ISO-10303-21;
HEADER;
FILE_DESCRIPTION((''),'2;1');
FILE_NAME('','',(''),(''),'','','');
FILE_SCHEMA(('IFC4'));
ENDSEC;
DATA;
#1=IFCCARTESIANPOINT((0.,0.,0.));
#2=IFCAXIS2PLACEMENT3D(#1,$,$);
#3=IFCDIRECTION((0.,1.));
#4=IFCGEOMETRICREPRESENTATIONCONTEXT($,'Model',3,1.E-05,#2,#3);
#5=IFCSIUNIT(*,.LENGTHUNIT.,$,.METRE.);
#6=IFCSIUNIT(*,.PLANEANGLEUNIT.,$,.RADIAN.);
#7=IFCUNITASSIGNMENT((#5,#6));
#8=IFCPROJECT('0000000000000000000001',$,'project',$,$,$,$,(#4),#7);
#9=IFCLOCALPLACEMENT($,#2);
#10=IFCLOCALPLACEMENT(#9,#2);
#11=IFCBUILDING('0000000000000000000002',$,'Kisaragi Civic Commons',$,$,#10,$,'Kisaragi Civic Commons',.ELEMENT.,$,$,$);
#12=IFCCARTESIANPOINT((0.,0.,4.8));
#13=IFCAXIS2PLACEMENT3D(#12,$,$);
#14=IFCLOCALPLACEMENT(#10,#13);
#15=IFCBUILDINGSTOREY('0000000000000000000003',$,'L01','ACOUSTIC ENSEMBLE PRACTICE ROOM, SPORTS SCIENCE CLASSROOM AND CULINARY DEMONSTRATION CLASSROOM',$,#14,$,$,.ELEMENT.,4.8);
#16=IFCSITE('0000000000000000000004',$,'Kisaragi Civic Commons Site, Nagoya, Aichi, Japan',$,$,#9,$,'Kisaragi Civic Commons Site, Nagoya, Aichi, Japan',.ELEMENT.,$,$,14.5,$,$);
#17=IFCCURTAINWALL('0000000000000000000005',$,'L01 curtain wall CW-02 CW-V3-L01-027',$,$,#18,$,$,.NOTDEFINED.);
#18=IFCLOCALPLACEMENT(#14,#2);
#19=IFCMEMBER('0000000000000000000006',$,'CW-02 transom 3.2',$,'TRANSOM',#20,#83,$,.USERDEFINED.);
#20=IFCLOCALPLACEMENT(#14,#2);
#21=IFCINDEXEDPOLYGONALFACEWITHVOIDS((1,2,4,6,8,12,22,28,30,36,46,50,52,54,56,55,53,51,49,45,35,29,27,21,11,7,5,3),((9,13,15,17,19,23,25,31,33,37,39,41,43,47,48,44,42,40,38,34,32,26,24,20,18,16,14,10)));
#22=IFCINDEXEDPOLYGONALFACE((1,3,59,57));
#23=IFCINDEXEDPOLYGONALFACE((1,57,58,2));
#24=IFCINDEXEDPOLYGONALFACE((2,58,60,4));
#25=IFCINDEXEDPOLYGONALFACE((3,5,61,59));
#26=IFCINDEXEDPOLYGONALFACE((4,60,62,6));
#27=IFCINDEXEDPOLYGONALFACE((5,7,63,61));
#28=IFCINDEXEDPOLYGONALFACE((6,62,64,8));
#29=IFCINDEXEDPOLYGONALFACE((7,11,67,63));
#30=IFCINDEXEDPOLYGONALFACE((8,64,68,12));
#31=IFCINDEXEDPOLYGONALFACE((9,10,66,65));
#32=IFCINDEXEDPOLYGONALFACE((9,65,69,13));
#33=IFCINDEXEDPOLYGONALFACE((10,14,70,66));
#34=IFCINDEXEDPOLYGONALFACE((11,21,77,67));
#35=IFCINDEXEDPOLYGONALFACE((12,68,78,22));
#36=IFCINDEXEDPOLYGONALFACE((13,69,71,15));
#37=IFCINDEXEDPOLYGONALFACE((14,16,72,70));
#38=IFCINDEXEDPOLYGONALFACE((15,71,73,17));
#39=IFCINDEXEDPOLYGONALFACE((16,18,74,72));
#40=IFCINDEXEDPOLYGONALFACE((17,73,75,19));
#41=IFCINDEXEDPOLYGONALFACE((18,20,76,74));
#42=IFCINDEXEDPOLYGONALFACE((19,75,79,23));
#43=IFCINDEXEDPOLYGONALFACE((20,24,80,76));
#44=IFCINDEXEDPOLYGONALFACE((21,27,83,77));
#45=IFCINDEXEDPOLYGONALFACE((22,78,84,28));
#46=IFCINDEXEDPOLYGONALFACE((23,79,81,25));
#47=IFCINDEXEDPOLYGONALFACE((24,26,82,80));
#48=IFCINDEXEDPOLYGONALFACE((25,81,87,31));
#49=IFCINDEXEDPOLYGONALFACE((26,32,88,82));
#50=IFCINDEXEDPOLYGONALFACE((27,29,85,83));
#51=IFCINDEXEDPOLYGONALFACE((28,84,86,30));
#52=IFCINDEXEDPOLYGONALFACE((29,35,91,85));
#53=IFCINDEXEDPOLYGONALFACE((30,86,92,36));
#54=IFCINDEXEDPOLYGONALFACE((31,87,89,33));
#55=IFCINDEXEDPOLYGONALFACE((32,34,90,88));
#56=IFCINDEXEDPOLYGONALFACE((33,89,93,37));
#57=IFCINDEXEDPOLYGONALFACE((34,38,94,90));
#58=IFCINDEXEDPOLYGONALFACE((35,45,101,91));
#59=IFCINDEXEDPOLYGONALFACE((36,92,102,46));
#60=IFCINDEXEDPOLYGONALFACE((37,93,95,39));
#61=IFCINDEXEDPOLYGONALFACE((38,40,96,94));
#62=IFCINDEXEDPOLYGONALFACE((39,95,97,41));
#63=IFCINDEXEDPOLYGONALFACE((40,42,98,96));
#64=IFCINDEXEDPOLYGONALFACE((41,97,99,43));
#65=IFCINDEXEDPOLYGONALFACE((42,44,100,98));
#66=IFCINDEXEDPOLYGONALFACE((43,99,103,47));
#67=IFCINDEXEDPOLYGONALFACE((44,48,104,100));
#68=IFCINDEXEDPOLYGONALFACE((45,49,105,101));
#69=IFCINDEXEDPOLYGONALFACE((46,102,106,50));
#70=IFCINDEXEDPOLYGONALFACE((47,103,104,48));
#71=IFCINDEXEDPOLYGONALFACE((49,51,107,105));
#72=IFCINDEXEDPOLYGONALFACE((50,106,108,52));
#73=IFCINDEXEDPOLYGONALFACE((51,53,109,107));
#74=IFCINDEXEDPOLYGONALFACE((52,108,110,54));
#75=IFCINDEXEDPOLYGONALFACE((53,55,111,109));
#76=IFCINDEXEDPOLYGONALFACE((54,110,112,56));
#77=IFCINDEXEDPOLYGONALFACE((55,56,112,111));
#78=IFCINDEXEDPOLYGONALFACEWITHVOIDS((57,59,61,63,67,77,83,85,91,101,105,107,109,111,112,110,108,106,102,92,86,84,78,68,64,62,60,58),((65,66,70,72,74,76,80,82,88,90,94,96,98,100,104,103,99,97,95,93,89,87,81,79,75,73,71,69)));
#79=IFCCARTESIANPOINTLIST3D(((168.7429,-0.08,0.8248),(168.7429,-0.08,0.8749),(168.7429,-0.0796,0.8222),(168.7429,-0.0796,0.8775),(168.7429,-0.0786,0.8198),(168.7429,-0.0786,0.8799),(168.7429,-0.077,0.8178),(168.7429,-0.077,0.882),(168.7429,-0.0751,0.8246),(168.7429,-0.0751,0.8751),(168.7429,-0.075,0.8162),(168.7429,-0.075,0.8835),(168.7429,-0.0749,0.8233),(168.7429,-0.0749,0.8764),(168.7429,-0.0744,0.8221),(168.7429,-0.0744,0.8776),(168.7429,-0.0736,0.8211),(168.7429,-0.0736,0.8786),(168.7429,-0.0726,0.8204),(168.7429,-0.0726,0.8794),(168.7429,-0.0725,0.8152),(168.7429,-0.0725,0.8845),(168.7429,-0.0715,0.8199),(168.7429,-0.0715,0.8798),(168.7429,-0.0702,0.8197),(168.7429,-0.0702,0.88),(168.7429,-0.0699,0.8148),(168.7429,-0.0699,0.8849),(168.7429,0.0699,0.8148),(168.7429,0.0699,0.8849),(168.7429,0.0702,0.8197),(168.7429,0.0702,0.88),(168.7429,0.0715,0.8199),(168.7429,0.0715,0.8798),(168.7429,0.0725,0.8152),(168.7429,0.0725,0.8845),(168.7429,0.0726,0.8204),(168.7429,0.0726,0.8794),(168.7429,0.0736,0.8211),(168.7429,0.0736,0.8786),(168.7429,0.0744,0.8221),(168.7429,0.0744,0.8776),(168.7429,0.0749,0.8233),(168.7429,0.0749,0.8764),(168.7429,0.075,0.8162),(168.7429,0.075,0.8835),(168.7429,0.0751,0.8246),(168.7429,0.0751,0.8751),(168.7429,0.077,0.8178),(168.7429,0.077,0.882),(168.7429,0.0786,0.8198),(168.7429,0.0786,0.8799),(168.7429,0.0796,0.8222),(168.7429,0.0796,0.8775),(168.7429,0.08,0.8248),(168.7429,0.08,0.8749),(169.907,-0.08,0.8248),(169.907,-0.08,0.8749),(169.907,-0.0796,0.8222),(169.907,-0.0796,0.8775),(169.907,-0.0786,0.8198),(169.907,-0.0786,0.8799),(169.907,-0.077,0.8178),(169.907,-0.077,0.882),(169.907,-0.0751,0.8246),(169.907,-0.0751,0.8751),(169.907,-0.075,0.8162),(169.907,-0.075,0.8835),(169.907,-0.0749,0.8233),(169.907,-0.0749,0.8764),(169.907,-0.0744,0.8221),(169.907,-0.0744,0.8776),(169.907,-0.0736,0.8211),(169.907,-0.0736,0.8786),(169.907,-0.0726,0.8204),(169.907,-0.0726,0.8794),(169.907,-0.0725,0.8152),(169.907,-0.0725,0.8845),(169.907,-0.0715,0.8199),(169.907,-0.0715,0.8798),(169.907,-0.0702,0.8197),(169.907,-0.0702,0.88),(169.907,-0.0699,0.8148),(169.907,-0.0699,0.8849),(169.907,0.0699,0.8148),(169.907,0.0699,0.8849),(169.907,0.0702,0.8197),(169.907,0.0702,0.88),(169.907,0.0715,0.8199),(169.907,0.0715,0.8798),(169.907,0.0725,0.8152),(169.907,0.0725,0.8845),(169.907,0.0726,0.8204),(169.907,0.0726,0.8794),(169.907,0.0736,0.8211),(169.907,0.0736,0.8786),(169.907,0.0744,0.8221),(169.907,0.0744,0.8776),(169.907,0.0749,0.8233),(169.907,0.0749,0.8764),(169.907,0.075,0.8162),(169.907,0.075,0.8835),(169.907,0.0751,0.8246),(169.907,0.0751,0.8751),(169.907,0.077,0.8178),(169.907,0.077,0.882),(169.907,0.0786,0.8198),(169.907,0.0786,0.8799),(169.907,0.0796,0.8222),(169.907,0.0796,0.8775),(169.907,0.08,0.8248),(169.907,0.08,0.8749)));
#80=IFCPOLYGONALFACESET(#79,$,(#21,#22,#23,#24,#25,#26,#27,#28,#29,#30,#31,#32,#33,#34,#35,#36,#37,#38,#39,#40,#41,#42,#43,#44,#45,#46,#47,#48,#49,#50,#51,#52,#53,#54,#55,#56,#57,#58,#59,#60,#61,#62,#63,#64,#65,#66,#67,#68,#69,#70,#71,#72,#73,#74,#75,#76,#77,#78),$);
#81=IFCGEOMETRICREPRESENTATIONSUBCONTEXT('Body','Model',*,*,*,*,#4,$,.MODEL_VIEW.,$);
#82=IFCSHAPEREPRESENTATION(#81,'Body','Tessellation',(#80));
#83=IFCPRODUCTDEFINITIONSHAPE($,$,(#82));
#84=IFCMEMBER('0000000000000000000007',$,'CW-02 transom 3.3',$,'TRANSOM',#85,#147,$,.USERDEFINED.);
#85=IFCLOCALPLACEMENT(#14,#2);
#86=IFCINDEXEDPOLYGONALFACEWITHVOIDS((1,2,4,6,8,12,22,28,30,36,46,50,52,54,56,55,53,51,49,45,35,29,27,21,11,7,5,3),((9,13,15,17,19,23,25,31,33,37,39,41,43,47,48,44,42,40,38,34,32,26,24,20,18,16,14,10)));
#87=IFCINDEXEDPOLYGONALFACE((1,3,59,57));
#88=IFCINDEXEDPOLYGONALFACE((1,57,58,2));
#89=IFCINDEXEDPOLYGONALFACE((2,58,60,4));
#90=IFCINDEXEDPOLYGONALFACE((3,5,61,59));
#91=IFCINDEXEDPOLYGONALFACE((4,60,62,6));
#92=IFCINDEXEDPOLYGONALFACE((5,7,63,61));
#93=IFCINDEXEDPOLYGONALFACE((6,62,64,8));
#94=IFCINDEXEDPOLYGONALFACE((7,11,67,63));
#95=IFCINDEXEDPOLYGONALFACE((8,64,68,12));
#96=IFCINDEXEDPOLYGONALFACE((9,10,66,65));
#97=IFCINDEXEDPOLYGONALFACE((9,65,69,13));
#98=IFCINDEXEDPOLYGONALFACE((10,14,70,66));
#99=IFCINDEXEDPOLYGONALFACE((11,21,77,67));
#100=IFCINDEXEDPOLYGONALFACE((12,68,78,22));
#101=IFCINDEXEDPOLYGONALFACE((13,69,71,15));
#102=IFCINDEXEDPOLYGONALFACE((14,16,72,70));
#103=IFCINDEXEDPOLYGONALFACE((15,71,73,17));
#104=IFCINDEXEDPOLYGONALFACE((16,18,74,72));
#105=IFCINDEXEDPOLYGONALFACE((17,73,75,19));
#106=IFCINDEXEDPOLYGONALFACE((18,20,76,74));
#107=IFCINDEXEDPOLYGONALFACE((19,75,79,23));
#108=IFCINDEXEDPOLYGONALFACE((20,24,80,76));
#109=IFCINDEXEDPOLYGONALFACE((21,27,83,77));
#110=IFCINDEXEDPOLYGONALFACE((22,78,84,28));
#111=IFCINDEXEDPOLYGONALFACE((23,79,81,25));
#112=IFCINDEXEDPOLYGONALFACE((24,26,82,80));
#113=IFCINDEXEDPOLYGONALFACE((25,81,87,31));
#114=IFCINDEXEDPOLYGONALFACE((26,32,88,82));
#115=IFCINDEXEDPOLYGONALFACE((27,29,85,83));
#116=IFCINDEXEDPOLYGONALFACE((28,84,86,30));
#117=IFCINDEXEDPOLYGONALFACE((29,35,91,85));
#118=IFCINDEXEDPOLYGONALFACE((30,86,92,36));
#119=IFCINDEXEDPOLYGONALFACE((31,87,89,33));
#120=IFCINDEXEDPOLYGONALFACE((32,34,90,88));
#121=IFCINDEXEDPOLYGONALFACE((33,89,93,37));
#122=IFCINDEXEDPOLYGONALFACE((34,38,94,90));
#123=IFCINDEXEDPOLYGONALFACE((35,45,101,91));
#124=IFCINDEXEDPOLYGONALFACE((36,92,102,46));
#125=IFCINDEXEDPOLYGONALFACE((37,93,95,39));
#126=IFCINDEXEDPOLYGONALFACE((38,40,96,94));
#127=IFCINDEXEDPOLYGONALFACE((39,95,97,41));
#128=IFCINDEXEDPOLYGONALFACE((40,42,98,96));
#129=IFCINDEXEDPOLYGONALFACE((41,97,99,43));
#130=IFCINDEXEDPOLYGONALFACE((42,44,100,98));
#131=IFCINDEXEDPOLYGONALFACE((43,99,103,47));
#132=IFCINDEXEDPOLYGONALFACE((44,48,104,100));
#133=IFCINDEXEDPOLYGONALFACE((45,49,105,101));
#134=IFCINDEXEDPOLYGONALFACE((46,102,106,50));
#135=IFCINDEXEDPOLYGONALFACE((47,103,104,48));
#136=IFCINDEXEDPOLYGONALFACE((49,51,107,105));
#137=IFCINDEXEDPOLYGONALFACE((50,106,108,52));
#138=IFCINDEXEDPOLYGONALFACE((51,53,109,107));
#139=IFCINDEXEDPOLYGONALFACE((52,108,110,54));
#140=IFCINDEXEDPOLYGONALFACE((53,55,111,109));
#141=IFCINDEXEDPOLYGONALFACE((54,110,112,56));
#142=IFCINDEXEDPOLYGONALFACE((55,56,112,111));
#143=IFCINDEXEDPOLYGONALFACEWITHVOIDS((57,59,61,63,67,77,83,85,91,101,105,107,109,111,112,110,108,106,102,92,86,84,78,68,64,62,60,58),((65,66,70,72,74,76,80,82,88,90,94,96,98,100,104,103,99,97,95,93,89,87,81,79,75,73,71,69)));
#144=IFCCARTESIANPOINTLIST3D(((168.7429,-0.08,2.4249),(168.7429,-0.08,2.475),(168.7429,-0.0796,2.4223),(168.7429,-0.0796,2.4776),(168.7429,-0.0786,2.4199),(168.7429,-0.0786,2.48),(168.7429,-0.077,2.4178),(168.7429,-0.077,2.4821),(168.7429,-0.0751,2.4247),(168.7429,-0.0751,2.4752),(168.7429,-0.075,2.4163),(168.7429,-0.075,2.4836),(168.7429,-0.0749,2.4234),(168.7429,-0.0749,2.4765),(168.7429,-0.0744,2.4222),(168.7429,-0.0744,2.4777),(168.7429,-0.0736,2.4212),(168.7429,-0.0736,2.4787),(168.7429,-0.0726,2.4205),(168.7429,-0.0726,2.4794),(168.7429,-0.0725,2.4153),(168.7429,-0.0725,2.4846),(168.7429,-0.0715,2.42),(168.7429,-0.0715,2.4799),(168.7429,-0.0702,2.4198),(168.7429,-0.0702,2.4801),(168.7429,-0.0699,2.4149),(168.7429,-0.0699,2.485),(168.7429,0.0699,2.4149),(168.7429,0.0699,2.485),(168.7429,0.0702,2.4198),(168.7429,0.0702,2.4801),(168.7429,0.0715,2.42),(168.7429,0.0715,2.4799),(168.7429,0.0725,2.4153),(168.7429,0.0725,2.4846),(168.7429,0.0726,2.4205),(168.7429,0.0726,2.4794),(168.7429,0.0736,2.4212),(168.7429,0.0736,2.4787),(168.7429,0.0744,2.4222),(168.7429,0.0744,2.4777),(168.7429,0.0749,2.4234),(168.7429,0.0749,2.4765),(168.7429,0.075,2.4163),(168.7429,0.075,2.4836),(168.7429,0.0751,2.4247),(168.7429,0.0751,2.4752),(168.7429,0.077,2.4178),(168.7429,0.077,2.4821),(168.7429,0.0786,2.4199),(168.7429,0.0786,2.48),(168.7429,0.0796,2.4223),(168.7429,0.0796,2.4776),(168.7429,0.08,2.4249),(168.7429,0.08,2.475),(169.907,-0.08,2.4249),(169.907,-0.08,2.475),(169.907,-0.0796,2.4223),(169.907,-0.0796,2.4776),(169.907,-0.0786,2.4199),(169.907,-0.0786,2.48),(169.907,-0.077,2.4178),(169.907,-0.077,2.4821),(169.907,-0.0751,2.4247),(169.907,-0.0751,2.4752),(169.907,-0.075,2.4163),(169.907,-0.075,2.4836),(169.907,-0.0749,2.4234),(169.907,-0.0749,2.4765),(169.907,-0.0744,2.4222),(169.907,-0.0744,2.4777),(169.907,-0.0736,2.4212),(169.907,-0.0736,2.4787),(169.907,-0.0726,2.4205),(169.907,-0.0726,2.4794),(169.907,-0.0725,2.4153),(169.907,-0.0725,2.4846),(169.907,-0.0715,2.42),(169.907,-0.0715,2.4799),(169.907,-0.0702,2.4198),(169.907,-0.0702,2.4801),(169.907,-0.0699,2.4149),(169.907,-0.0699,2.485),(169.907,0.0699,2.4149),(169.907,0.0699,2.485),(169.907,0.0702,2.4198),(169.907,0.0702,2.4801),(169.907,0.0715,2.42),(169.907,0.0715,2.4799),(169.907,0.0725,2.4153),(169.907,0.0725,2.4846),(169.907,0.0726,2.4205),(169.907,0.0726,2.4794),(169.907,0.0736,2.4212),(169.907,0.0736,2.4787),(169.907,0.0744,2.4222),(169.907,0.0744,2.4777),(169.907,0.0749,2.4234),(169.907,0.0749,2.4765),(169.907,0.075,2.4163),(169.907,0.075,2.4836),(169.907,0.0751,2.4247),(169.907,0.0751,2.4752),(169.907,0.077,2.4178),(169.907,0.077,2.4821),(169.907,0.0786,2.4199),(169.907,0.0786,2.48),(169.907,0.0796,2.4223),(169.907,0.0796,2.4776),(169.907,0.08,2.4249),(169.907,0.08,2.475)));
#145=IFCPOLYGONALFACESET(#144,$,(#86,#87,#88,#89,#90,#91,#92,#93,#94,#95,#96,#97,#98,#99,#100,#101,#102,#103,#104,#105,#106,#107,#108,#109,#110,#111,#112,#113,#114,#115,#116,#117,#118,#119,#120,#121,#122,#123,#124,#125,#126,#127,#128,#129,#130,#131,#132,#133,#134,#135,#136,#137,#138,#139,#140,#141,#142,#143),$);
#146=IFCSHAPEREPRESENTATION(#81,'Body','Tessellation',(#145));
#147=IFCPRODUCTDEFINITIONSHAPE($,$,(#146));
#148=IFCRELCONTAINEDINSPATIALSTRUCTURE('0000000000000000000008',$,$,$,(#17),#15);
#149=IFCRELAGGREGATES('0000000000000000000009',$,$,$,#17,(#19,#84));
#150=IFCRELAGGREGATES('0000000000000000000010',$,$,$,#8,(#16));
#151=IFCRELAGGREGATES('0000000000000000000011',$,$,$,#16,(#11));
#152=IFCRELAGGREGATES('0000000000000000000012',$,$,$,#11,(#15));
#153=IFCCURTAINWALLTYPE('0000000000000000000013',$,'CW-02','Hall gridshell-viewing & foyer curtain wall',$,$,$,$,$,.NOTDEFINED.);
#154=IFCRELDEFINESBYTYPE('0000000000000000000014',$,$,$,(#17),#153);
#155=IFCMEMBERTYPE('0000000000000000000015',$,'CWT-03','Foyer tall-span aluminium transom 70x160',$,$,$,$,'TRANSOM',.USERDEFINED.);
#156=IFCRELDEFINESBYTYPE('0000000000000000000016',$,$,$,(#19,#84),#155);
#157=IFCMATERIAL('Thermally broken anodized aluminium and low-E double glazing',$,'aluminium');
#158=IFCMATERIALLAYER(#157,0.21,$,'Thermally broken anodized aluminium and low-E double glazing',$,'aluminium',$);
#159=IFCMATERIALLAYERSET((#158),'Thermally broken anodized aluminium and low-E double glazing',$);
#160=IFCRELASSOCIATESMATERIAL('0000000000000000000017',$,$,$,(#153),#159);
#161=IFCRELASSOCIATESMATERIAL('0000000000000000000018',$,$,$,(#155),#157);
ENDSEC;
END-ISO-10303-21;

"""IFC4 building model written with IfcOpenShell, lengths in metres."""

from ifc_helpers import new_model, si_unit, direction, frame, origin, origin_2d, place, context, subcontext, project, spatial, hollow_rectangle, extrude, material, layer, layer_set, material_profile, profile_set, type_object, element, aggregate, save


model = new_model("IFC4")

# Units and contexts
model_context = context("Model", 3, precision=1e-05, world=origin(), true_north=direction((0.0, 1.0)))
body_context = subcontext(model_context, "Body", "Model", "MODEL_VIEW")
ifc_project = project(units=[si_unit("LENGTHUNIT", "METRE"), si_unit("PLANEANGLEUNIT", "RADIAN")], contexts=[model_context])

# Site, building, storey
site_placement = place(None, origin())
site = spatial("IfcSite", under=ifc_project, at=site_placement, Name="Kisaragi Civic Commons Site, Nagoya, Aichi, Japan", LongName="Kisaragi Civic Commons Site, Nagoya, Aichi, Japan", CompositionType="ELEMENT", RefElevation=14.5)
building_placement = place(site_placement, origin())
building = spatial("IfcBuilding", under=site, at=building_placement, Name="Kisaragi Civic Commons", LongName="Kisaragi Civic Commons", CompositionType="ELEMENT")
storey_placement = place(building_placement, frame((0.0, 0.0, 4.8)))
storey = spatial("IfcBuildingStorey", under=building, at=storey_placement, Name="L01", Description="ACOUSTIC ENSEMBLE PRACTICE ROOM, SPORTS SCIENCE CLASSROOM AND CULINARY DEMONSTRATION CLASSROOM", CompositionType="ELEMENT", Elevation=4.8)

# Curtain wall, members
ifc_material = material(Name="Thermally broken anodized aluminium and low-E double glazing", Category="aluminium")
ifc_layer_1 = layer(ifc_material, 0.21, Name="Thermally broken anodized aluminium and low-E double glazing", Category="aluminium")
ifc_layer_set_1 = layer_set([ifc_layer_1], Name="Thermally broken anodized aluminium and low-E double glazing")
curtain_wall_type = type_object("IfcCurtainWallType", Name="CW-02", Description="Hall gridshell-viewing & foyer curtain wall", PredefinedType="NOTDEFINED", material=ifc_layer_set_1)
curtain_wall_placement = place(storey_placement, origin())
curtain_wall = element("IfcCurtainWall", 1, at=curtain_wall_placement, inside=storey, type_object=curtain_wall_type, Name="L01 curtain wall CW-02 CW-V3-L01-027", PredefinedType="NOTDEFINED")
ifc_material_profile_1 = material_profile(ifc_material, hollow_rectangle(XDim=0.1599, YDim=0.0701, WallThickness=0.0049, InnerFilletRadius=0.0049, OuterFilletRadius=0.01, at=origin_2d()), Name="CWT-70x160x5", Category="aluminium")
ifc_profile_set_1 = profile_set([ifc_material_profile_1], Name="Thermally broken anodized aluminium and low-E double glazing")
member_type_1 = type_object("IfcMemberType", Name="CWT-03", Description="Foyer tall-span aluminium transom 70x160", ElementType="TRANSOM", PredefinedType="USERDEFINED", material=ifc_profile_set_1)
member_1_placement = place(storey_placement, frame((169.907, 0.0, 0.8499), z_axis=(-1.0, 0.0, 0.0), x_axis=(0.0, -1.0, 0.0)))
member_1 = element("IfcMember", 2, at=member_1_placement, type_object=member_type_1, Name="CW-02 transom 3.2", ObjectType="TRANSOM", PredefinedType="USERDEFINED", context=body_context, shape_type="SweptSolid", body=[
    extrude(hollow_rectangle(XDim=0.1599, YDim=0.0701, WallThickness=0.0049, InnerFilletRadius=0.0049, OuterFilletRadius=0.01, at=origin_2d()), origin(), (0.0, 0.0, 1.0), 1.1641),
])
member_2_placement = place(storey_placement, frame((169.907, 0.0, 2.45), z_axis=(-1.0, 0.0, 0.0), x_axis=(0.0, -1.0, 0.0)))
member_2 = element("IfcMember", 3, at=member_2_placement, type_object=member_type_1, Name="CW-02 transom 3.3", ObjectType="TRANSOM", PredefinedType="USERDEFINED", context=body_context, shape_type="SweptSolid", body=[
    extrude(hollow_rectangle(XDim=0.1599, YDim=0.0701, WallThickness=0.0049, InnerFilletRadius=0.0049, OuterFilletRadius=0.01, at=origin_2d()), origin(), (0.0, 0.0, 1.0), 1.1641),
])
aggregate(curtain_wall, [member_1, member_2])

save(model, "model.ifc")
